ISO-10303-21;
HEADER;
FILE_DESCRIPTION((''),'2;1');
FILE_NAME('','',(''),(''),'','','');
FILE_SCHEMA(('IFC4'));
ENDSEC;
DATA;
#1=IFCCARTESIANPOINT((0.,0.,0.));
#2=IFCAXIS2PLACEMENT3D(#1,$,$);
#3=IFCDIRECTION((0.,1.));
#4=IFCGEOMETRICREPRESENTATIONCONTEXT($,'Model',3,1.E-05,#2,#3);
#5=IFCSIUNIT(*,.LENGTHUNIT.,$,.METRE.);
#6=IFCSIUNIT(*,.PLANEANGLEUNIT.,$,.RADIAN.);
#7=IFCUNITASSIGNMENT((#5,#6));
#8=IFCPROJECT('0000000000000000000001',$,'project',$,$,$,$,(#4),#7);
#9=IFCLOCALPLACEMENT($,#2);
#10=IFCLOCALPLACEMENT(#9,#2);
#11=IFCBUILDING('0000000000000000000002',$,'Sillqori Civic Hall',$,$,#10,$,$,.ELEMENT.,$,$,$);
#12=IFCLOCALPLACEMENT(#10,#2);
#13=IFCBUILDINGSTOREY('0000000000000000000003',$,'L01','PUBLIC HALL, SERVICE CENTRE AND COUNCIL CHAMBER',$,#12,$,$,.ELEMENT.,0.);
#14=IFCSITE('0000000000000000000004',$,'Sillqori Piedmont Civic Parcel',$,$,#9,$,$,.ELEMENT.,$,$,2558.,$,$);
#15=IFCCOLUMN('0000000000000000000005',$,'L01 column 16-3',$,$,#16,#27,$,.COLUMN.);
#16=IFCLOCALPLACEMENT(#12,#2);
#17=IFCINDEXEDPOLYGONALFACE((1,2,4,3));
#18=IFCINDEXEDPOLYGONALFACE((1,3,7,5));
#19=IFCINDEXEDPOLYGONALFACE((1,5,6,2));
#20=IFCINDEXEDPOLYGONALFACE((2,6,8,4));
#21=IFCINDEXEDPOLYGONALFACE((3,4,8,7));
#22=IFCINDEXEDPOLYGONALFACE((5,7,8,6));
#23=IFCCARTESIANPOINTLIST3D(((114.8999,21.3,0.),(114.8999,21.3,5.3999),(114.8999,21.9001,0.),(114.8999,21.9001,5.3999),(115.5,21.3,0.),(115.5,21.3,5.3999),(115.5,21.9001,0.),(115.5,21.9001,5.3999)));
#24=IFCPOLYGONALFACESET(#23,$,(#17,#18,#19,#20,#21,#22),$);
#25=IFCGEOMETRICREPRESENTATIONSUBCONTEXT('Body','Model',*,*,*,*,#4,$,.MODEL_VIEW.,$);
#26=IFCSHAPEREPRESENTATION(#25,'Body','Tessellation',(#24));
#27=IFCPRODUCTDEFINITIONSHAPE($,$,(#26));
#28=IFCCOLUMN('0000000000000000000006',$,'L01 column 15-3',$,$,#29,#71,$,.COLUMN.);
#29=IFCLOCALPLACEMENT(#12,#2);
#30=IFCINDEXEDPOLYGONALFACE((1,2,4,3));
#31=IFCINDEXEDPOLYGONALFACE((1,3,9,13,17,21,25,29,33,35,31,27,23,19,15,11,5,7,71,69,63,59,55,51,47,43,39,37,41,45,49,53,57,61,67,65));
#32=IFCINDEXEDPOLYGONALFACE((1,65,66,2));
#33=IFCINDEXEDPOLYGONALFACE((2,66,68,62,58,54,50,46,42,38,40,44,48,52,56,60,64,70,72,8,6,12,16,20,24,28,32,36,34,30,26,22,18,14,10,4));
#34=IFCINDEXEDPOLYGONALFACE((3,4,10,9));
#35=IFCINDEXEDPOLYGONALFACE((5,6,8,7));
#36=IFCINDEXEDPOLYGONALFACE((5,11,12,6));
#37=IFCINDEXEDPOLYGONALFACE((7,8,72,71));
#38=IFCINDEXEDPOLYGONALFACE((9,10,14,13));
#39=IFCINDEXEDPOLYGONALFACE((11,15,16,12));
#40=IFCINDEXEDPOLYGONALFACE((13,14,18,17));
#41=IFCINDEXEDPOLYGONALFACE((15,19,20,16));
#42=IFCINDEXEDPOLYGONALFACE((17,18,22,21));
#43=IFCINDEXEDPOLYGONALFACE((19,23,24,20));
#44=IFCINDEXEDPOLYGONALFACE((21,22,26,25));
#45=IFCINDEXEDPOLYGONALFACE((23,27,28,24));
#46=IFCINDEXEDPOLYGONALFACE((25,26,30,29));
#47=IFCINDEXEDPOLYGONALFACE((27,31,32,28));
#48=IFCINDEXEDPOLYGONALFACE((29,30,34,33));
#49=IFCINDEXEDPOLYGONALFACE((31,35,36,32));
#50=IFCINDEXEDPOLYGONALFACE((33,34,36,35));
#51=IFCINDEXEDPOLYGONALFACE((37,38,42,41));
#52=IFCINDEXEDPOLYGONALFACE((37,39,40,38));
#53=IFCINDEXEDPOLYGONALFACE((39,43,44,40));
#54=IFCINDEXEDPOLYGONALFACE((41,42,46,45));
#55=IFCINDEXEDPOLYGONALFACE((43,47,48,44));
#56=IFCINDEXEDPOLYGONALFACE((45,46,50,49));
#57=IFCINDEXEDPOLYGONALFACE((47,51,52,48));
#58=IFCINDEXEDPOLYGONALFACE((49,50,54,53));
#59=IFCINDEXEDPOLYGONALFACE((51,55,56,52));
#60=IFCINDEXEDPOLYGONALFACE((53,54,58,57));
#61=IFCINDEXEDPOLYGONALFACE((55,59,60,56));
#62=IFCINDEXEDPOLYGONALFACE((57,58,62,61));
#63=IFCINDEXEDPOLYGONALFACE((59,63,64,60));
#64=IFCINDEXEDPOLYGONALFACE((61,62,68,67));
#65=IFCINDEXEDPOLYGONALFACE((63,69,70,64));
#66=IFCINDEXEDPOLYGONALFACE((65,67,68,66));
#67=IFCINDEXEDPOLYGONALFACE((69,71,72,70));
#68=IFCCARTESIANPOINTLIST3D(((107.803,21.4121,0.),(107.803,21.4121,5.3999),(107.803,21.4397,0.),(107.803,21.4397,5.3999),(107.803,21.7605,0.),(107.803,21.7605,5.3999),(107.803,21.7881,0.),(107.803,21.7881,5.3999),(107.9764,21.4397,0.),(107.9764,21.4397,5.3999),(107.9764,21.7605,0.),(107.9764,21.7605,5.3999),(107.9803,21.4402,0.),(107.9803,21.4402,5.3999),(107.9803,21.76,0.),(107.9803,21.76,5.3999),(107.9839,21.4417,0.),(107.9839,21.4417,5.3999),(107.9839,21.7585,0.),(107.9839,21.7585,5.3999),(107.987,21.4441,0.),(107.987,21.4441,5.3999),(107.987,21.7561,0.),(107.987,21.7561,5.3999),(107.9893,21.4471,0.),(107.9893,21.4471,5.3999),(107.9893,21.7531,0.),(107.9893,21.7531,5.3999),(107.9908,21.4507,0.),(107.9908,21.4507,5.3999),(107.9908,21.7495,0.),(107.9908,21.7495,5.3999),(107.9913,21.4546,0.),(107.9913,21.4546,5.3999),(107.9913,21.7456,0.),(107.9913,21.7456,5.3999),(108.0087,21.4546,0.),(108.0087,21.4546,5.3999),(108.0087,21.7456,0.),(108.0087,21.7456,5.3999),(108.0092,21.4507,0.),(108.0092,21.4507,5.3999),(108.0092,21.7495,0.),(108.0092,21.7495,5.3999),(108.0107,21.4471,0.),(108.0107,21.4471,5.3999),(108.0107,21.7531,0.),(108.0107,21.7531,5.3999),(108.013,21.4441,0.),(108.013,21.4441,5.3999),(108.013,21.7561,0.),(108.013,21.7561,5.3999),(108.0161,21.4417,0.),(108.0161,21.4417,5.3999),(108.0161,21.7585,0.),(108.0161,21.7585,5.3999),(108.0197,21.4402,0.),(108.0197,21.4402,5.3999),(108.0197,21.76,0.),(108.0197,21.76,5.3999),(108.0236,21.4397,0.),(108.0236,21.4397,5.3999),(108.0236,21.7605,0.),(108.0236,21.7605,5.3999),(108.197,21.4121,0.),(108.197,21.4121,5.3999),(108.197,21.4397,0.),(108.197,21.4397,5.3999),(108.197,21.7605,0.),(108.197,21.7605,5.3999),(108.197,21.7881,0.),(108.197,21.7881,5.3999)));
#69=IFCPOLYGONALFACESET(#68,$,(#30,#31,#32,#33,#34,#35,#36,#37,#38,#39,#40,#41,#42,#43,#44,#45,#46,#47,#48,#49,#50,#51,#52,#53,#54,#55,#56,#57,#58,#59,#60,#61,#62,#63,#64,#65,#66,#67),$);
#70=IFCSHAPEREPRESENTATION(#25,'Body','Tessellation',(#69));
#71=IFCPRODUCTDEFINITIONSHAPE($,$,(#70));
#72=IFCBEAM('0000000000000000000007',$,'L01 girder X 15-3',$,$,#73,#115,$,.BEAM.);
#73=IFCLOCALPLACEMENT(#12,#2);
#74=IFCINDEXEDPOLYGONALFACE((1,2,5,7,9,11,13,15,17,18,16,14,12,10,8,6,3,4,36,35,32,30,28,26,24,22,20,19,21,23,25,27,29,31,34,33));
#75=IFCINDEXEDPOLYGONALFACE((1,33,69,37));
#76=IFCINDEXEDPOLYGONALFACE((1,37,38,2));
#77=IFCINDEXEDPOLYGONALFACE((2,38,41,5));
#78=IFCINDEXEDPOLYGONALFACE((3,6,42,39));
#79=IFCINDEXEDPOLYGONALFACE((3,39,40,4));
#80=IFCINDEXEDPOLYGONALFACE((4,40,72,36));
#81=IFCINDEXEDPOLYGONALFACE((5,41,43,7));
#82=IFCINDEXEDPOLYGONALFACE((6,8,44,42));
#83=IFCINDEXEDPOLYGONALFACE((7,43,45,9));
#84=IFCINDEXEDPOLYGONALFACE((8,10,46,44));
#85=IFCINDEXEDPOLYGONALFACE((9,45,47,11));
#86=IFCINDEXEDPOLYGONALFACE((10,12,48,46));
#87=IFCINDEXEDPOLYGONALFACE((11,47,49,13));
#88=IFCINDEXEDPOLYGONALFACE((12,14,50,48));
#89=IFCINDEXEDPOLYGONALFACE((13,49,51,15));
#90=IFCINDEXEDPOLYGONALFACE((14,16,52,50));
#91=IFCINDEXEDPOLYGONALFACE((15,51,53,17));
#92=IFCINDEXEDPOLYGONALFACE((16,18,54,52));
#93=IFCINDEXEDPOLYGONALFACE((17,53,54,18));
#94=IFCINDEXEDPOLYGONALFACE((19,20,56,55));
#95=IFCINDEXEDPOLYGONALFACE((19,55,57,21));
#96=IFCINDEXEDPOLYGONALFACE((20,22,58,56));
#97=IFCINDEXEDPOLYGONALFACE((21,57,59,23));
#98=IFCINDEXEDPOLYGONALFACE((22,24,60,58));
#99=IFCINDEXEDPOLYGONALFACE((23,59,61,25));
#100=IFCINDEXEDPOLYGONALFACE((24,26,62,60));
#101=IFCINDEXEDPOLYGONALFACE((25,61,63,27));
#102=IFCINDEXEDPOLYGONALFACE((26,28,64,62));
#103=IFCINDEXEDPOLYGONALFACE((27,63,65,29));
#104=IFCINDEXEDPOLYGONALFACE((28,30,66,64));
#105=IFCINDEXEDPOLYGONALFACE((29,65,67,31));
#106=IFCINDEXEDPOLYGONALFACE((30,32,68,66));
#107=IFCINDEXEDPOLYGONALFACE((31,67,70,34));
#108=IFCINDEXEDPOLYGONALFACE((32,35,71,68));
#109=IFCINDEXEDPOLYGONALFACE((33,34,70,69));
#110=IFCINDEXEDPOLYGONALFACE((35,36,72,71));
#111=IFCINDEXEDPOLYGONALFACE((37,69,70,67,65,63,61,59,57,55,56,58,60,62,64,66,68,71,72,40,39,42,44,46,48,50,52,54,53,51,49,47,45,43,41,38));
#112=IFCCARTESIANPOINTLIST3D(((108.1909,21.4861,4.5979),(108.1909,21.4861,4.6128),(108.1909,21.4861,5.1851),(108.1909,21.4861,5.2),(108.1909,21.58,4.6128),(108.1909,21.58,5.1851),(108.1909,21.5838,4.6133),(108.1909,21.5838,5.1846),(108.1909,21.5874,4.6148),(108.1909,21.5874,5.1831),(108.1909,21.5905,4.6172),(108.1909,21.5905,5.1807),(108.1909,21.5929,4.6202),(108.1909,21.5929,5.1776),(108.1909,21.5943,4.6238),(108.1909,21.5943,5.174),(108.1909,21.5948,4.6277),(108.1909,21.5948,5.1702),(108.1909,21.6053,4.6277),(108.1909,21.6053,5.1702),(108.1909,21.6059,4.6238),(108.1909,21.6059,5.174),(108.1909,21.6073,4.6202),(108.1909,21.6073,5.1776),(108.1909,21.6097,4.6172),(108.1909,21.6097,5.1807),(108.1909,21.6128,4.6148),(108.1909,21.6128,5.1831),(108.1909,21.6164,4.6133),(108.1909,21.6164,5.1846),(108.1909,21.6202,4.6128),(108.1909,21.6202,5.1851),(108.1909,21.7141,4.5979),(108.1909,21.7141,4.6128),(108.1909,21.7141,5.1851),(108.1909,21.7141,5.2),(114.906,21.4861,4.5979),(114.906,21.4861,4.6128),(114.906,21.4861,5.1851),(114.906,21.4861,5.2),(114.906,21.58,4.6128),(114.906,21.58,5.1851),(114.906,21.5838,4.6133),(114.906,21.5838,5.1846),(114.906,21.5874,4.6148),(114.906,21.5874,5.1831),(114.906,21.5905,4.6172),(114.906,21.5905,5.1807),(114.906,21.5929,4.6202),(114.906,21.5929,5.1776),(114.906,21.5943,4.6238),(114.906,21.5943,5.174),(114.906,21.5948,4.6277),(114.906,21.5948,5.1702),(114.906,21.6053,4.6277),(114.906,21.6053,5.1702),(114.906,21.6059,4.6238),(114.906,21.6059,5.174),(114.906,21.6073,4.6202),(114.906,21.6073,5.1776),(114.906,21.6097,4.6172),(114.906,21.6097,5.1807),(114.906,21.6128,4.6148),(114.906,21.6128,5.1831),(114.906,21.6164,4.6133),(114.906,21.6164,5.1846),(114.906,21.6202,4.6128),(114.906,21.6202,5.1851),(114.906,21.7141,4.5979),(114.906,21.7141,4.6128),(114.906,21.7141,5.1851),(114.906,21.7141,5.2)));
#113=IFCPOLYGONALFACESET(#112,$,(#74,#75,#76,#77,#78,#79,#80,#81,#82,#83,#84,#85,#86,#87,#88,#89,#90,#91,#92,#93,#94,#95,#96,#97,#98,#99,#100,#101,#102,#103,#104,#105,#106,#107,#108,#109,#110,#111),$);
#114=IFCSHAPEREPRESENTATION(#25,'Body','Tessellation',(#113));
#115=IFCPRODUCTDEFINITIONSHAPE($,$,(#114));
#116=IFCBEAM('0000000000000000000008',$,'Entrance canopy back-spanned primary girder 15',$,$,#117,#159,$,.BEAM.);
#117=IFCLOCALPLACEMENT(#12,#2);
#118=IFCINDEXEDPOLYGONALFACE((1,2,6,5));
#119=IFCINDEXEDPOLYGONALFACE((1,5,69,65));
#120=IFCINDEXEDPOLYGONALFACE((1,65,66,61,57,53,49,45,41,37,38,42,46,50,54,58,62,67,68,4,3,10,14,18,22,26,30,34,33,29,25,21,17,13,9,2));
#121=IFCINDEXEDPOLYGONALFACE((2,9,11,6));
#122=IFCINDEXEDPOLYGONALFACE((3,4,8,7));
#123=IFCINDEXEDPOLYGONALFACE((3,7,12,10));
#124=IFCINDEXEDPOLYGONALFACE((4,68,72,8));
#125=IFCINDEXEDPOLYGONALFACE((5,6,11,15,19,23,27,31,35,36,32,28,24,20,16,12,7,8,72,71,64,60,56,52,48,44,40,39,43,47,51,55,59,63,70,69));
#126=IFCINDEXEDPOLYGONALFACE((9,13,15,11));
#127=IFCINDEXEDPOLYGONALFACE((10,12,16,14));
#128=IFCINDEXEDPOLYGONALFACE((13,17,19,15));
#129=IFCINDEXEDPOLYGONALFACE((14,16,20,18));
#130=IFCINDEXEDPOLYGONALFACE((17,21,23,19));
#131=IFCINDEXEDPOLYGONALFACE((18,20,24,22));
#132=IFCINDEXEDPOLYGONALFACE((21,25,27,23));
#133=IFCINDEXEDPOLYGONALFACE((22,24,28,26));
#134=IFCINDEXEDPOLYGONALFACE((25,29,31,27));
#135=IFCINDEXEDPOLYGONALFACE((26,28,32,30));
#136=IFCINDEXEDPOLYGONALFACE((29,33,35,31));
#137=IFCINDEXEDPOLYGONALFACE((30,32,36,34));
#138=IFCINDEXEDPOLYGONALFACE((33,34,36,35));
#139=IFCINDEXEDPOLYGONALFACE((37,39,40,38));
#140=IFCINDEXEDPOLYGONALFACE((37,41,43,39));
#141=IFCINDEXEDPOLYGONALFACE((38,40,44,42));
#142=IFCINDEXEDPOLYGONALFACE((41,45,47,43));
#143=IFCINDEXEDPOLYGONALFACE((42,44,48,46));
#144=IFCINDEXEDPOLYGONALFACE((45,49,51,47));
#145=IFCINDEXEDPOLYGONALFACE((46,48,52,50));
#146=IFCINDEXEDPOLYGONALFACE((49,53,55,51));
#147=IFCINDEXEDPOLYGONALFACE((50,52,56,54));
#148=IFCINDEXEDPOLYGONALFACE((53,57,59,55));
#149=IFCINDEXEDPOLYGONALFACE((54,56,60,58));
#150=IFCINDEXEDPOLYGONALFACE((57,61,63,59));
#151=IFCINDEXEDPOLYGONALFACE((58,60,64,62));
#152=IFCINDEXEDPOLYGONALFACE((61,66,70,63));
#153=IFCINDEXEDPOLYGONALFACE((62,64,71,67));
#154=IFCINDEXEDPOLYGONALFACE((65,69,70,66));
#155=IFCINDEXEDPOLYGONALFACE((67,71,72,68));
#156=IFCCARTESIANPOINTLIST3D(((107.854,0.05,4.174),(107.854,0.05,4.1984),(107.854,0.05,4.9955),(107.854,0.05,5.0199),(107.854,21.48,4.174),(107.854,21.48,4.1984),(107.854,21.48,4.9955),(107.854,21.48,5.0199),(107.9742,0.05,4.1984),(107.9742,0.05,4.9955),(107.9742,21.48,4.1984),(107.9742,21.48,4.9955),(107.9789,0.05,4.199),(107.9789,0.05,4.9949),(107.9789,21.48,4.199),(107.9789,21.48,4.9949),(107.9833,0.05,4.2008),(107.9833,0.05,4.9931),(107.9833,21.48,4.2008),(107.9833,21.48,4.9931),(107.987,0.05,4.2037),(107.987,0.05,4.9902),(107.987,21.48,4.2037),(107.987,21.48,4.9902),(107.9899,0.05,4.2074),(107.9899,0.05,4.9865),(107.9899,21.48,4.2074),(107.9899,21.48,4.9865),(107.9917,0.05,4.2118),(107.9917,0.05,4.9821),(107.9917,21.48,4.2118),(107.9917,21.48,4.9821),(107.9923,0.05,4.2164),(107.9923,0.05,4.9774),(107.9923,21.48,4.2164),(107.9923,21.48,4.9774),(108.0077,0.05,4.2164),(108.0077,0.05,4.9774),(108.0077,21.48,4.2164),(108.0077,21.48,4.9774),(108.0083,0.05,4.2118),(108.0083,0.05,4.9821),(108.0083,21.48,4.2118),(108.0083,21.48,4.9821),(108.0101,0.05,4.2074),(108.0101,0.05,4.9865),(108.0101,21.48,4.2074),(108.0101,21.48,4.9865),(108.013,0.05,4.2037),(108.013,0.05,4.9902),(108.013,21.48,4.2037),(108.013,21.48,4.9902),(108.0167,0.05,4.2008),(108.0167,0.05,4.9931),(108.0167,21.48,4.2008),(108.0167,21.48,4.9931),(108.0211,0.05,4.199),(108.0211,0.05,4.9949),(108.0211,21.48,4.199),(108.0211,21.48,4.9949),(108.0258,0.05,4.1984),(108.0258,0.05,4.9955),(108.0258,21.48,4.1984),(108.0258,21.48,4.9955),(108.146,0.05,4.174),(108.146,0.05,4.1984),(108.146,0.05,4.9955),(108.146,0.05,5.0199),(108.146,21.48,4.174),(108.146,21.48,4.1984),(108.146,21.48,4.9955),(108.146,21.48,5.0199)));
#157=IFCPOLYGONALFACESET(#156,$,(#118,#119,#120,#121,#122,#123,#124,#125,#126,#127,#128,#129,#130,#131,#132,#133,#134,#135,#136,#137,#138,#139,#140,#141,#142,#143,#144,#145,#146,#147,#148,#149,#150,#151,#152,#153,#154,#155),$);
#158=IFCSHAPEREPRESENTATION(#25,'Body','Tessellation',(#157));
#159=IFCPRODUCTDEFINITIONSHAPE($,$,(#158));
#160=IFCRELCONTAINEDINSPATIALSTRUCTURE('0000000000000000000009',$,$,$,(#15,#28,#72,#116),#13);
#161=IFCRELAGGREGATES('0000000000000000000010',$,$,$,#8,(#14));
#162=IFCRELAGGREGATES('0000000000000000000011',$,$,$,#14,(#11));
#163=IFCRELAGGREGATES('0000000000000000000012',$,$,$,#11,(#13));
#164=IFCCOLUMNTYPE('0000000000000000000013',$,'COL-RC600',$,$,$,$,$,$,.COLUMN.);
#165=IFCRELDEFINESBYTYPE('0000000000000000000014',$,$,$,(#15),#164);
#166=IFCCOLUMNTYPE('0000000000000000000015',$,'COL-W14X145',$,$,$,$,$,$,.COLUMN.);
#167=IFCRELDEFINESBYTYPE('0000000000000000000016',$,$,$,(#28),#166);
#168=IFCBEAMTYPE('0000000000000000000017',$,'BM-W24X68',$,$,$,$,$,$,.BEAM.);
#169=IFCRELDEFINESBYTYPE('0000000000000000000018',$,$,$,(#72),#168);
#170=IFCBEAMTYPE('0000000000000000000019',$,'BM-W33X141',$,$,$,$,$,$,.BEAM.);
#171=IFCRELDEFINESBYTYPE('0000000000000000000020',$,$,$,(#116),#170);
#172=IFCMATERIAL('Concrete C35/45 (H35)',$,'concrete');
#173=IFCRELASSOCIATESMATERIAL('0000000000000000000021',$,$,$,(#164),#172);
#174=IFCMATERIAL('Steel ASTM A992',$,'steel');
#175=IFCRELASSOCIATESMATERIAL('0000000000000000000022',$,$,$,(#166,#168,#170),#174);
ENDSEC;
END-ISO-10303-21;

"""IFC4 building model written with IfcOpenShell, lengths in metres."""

from ifc_helpers import new_model, si_unit, direction, frame, origin, origin_2d, place, context, subcontext, project, spatial, rectangle, i_section, extrude, material, material_profile, profile_set, type_object, element, save


model = new_model("IFC4")

# Units and contexts
model_context = context("Model", 3, precision=1e-05, world=origin(), true_north=direction((0.0, 1.0)))
body_context = subcontext(model_context, "Body", "Model", "MODEL_VIEW")
ifc_project = project(units=[si_unit("LENGTHUNIT", "METRE"), si_unit("PLANEANGLEUNIT", "RADIAN")], contexts=[model_context])

# Site, building, storey
site_placement = place(None, origin())
site = spatial("IfcSite", under=ifc_project, at=site_placement, Name="Sillqori Piedmont Civic Parcel", CompositionType="ELEMENT", RefElevation=2558.0)
building_placement = place(site_placement, origin())
building = spatial("IfcBuilding", under=site, at=building_placement, Name="Sillqori Civic Hall", CompositionType="ELEMENT")
storey_placement = place(building_placement, origin())
storey = spatial("IfcBuildingStorey", under=building, at=storey_placement, Name="L01", Description="PUBLIC HALL, SERVICE CENTRE AND COUNCIL CHAMBER", CompositionType="ELEMENT", Elevation=0.0)

# Columns
ifc_material_1 = material(Name="Concrete C35/45 (H35)", Category="concrete")
ifc_material_profile_1 = material_profile(ifc_material_1, rectangle(XDim=0.6001, YDim=0.6001, at=origin_2d()), Name="RC 600x600")
ifc_profile_set_1 = profile_set([ifc_material_profile_1], Name="Concrete C35/45 (H35)")
column_type_1 = type_object("IfcColumnType", Name="COL-RC600", PredefinedType="COLUMN", material=ifc_profile_set_1)
column_1_placement = place(storey_placement, frame((115.2, 21.6001, 0.0), z_axis=(0.0, 0.0, 1.0), x_axis=(1.0, 0.0, 0.0)))
element("IfcColumn", 1, at=column_1_placement, inside=storey, type_object=column_type_1, Name="L01 column 16-3", PredefinedType="COLUMN", context=body_context, shape_type="SweptSolid", body=[
    extrude(rectangle(XDim=0.6001, YDim=0.6001, at=origin_2d()), origin(), (0.0, 0.0, 1.0), 5.3999),
])
ifc_material_2 = material(Name="Steel ASTM A992", Category="steel")
ifc_material_profile_2 = material_profile(ifc_material_2, i_section(OverallWidth=0.394, OverallDepth=0.376, WebThickness=0.0173, FlangeThickness=0.0276, FilletRadius=0.0149, at=origin_2d()), Name="W14X145")
ifc_profile_set_2 = profile_set([ifc_material_profile_2], Name="Steel ASTM A992")
column_type_2 = type_object("IfcColumnType", Name="COL-W14X145", PredefinedType="COLUMN", material=ifc_profile_set_2)
column_2_placement = place(storey_placement, frame((108.0, 21.6001, 0.0), z_axis=(0.0, 0.0, 1.0), x_axis=(1.0, 0.0, 0.0)))
element("IfcColumn", 2, at=column_2_placement, inside=storey, type_object=column_type_2, Name="L01 column 15-3", PredefinedType="COLUMN", context=body_context, shape_type="SweptSolid", body=[
    extrude(i_section(OverallWidth=0.394, OverallDepth=0.376, WebThickness=0.0173, FlangeThickness=0.0276, FilletRadius=0.0149, at=origin_2d()), origin(), (0.0, 0.0, 1.0), 5.3999),
])

# Beams
ifc_material_profile_3 = material_profile(ifc_material_2, i_section(OverallWidth=0.228, OverallDepth=0.6021, WebThickness=0.0105, FlangeThickness=0.0149, FilletRadius=0.0149, at=origin_2d()), Name="W24X68")
ifc_profile_set_3 = profile_set([ifc_material_profile_3], Name="Steel ASTM A992")
beam_type_1 = type_object("IfcBeamType", Name="BM-W24X68", PredefinedType="BEAM", material=ifc_profile_set_3)
beam_1_placement = place(storey_placement, frame((108.1909, 21.6001, 4.8989), z_axis=(1.0, 0.0, 0.0), x_axis=(0.0, 1.0, 0.0)))
element("IfcBeam", 3, at=beam_1_placement, inside=storey, type_object=beam_type_1, Name="L01 girder X 15-3", PredefinedType="BEAM", context=body_context, shape_type="SweptSolid", body=[
    extrude(i_section(OverallWidth=0.228, OverallDepth=0.6021, WebThickness=0.0105, FlangeThickness=0.0149, FilletRadius=0.0149, at=origin_2d()), origin(), (0.0, 0.0, 1.0), 6.7151),
])
ifc_material_profile_4 = material_profile(ifc_material_2, i_section(OverallWidth=0.292, OverallDepth=0.8459, WebThickness=0.0154, FlangeThickness=0.0244, FilletRadius=0.0181, at=origin_2d()), Name="W33X141")
ifc_profile_set_4 = profile_set([ifc_material_profile_4], Name="Steel ASTM A992")
beam_type_2 = type_object("IfcBeamType", Name="BM-W33X141", PredefinedType="BEAM", material=ifc_profile_set_4)
beam_2_placement = place(storey_placement, frame((108.0, 21.48, 4.5969), z_axis=(0.0, -1.0, 0.0), x_axis=(1.0, 0.0, 0.0)))
element("IfcBeam", 4, at=beam_2_placement, inside=storey, type_object=beam_type_2, Name="Entrance canopy back-spanned primary girder 15", PredefinedType="BEAM", context=body_context, shape_type="SweptSolid", body=[
    extrude(i_section(OverallWidth=0.292, OverallDepth=0.8459, WebThickness=0.0154, FlangeThickness=0.0244, FilletRadius=0.0181, at=origin_2d()), origin(), (0.0, 0.0, 1.0), 21.4299),
])

save(model, "model.ifc")
